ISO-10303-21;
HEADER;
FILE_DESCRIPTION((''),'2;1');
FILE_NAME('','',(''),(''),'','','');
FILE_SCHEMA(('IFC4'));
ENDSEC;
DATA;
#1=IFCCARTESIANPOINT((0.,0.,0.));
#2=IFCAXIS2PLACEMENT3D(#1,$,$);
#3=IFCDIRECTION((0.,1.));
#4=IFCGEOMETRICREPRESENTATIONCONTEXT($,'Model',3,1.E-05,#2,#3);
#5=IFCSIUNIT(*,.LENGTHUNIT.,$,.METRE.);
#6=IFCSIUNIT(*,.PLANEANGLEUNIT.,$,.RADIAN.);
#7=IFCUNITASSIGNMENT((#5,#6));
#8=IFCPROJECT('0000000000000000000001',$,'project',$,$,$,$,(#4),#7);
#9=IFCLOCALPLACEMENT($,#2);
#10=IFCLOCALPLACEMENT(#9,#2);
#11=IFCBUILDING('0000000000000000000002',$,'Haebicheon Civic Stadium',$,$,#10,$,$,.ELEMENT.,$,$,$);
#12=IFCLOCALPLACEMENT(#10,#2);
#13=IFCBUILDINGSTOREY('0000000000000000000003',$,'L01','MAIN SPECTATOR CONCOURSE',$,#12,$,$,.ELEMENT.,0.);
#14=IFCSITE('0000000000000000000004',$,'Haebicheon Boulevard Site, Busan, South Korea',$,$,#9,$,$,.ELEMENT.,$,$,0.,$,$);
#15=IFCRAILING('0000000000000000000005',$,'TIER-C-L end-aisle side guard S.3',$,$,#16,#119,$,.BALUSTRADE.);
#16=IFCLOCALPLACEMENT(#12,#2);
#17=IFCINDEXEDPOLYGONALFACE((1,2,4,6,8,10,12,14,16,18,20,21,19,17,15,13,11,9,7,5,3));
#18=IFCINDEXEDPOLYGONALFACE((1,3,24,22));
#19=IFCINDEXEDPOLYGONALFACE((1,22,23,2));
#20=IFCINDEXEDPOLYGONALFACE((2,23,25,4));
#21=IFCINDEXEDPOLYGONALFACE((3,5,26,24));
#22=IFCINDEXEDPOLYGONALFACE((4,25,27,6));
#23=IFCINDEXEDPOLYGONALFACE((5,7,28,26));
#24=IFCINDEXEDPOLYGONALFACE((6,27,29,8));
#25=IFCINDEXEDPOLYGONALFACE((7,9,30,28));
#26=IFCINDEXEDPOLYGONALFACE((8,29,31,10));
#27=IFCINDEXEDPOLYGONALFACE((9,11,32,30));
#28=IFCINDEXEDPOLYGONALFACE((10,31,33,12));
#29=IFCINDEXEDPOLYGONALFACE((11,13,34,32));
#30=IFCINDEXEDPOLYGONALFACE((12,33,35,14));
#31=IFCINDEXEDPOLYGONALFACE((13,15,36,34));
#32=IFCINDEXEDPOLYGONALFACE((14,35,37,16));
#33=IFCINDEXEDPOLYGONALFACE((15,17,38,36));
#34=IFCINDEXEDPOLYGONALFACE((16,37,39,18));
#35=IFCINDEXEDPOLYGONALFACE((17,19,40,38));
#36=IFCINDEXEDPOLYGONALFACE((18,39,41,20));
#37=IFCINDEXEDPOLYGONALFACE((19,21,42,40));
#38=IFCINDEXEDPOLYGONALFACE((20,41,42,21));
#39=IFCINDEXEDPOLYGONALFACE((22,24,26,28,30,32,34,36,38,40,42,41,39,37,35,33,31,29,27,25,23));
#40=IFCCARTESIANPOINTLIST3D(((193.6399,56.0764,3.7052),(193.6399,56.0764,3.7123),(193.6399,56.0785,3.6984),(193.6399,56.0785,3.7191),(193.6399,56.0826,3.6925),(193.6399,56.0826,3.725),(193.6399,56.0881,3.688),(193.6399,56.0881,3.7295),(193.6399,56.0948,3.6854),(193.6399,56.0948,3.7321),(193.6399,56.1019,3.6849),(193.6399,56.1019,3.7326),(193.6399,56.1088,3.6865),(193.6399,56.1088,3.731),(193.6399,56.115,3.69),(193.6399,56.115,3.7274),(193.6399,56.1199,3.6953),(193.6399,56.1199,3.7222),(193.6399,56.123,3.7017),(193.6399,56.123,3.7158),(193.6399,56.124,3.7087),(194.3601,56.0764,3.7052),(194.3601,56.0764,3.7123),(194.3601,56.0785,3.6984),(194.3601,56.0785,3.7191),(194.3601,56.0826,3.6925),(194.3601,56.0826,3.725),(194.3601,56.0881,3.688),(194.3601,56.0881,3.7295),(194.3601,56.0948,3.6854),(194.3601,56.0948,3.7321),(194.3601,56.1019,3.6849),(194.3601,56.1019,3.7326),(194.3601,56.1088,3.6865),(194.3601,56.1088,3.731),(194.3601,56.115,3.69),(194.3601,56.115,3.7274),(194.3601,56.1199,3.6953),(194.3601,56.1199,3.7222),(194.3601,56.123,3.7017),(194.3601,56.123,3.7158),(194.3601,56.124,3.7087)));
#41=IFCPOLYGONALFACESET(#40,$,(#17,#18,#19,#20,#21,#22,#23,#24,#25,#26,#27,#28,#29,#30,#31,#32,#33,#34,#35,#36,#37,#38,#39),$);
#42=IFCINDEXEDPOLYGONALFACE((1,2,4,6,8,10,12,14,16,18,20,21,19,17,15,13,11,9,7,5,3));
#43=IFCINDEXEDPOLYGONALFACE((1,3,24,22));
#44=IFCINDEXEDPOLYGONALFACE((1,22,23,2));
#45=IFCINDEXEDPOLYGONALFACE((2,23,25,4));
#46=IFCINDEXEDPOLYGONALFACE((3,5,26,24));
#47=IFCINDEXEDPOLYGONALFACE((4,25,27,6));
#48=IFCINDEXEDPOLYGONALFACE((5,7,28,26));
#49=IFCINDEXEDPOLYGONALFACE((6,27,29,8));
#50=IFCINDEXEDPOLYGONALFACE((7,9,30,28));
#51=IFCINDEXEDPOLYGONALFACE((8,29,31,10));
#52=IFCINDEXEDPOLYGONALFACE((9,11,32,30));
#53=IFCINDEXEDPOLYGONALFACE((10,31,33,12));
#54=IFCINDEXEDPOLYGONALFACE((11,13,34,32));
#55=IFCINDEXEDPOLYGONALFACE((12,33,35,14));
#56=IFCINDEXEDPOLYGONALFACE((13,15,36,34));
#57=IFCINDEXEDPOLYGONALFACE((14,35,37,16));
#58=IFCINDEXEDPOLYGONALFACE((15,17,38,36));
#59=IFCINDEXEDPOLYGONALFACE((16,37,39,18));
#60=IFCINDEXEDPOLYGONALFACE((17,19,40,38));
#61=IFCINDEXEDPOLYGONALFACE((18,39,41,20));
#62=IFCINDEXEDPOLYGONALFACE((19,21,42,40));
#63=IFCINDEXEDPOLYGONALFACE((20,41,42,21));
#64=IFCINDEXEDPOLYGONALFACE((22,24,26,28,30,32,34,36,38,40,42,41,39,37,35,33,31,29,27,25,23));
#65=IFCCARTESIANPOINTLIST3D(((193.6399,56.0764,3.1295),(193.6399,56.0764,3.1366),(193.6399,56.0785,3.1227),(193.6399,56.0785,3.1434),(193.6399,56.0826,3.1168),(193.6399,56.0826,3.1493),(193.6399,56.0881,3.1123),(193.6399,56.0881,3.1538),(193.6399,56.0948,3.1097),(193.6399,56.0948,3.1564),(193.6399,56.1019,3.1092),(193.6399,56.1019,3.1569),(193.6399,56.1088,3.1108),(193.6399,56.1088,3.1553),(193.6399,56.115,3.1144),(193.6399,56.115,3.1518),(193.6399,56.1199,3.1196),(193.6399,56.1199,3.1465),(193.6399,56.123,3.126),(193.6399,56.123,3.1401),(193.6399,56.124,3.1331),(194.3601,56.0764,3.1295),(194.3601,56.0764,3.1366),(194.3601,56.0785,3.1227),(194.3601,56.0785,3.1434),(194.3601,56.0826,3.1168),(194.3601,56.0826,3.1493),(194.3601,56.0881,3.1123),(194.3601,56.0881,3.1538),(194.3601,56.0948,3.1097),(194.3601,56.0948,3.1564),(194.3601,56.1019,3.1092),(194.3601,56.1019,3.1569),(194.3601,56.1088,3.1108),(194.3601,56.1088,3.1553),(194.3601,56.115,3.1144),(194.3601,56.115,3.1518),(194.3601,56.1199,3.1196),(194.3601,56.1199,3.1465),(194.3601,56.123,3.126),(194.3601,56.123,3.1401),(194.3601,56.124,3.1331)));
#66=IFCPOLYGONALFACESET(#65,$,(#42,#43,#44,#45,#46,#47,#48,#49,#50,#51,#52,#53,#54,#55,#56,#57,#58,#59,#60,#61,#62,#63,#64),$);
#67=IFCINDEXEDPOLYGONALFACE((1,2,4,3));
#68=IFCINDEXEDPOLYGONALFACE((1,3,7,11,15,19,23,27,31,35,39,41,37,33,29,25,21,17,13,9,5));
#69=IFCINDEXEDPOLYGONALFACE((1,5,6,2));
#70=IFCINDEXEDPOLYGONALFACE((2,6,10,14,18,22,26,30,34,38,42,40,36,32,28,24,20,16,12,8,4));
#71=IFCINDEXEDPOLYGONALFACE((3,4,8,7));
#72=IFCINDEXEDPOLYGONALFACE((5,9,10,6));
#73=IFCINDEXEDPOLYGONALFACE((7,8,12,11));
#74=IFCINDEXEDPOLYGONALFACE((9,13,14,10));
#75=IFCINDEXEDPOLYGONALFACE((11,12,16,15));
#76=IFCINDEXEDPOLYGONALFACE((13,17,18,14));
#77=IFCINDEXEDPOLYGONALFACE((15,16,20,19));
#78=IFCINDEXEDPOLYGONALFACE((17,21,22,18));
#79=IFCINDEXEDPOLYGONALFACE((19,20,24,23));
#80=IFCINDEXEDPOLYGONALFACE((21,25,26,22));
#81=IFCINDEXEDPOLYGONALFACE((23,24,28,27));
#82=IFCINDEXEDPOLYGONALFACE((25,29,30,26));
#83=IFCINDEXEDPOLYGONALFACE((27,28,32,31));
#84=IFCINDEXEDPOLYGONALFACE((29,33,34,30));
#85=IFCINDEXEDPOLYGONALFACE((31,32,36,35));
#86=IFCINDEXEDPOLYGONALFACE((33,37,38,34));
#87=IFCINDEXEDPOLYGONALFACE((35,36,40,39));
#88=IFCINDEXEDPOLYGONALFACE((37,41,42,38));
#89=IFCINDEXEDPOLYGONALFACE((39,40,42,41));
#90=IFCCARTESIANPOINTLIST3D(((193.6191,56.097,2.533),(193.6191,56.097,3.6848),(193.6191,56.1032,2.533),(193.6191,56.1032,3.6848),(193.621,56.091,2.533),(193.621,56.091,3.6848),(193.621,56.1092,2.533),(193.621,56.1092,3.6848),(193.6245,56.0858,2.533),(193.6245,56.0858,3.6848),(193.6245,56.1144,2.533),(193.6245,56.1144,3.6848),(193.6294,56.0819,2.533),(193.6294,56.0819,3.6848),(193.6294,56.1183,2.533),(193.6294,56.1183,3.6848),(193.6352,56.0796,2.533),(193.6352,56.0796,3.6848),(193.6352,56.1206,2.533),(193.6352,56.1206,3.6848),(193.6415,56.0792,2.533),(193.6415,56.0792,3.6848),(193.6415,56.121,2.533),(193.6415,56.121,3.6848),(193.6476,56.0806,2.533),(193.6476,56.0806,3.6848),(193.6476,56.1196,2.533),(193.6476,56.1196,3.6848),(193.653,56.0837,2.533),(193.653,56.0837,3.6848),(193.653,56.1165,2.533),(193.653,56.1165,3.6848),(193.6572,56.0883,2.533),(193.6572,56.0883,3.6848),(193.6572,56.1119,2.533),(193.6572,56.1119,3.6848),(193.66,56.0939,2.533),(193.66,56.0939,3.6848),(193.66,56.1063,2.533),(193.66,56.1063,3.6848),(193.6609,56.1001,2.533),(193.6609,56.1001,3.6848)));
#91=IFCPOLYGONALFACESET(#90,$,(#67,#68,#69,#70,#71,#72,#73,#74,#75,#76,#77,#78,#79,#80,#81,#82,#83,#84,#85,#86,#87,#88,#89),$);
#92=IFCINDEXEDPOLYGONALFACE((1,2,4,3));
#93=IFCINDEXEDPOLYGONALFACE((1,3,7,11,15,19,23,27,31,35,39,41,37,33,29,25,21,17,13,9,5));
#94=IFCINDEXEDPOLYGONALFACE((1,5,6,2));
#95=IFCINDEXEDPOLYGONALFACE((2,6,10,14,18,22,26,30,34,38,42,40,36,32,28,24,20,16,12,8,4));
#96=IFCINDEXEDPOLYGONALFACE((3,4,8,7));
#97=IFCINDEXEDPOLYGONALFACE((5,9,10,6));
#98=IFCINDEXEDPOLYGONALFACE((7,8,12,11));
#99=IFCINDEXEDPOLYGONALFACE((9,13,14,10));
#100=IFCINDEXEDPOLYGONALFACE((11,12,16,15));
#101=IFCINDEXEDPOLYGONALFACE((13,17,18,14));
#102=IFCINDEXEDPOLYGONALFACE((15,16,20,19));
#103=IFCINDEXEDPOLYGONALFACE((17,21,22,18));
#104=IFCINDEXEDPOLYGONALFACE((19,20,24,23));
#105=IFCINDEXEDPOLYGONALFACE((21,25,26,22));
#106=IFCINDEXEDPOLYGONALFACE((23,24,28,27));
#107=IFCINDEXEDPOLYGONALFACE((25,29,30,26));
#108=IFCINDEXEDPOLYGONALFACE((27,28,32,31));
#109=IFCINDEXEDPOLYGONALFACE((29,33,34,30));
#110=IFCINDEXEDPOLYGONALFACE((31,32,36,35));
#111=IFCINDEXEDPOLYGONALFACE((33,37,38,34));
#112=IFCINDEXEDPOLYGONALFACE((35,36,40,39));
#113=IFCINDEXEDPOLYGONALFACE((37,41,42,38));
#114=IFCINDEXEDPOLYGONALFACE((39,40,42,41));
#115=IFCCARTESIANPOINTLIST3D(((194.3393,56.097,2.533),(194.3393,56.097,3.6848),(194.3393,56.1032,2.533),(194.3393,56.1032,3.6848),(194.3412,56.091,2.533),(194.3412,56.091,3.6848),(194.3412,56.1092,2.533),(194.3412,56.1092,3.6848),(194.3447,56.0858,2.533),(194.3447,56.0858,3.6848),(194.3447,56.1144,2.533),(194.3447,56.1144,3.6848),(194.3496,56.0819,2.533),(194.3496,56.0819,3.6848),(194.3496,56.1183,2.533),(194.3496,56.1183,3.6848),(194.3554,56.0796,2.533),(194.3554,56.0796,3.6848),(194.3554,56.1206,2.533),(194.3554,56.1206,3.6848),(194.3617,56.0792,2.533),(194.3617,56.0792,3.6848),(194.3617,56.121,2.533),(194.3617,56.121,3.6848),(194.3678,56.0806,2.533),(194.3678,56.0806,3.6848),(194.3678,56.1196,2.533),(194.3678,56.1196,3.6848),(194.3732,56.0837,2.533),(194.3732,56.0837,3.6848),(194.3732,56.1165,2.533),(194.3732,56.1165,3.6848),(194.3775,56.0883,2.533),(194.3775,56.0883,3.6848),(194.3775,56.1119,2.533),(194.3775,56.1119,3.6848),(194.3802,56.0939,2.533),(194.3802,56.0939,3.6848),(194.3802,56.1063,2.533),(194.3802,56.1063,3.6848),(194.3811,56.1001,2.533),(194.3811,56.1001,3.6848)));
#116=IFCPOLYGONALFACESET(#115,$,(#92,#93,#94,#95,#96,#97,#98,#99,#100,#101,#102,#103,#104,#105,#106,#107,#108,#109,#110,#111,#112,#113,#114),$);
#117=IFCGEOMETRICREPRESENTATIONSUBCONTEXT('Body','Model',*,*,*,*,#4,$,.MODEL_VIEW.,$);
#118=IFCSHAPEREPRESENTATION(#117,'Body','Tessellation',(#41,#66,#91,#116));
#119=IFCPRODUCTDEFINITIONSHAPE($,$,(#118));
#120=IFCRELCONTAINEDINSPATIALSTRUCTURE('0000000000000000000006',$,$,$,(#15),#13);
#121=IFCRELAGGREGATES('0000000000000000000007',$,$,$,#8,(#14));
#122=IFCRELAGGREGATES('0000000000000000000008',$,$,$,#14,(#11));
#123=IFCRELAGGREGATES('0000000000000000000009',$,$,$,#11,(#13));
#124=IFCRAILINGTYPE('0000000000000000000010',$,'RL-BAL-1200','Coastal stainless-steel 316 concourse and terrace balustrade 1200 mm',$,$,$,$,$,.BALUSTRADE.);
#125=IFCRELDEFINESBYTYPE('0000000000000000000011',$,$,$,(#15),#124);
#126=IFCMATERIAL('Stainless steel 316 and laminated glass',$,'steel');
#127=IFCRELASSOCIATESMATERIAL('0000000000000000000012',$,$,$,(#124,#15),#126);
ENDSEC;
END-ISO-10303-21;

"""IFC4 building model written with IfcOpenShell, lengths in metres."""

from ifc_helpers import new_model, si_unit, direction, frame, origin, origin_2d, place, context, subcontext, project, spatial, circle, extrude, material, type_object, element, save


model = new_model("IFC4")

# Units and contexts
model_context = context("Model", 3, precision=1e-05, world=origin(), true_north=direction((0.0, 1.0)))
body_context = subcontext(model_context, "Body", "Model", "MODEL_VIEW")
ifc_project = project(units=[si_unit("LENGTHUNIT", "METRE"), si_unit("PLANEANGLEUNIT", "RADIAN")], contexts=[model_context])

# Site, building, storey
site_placement = place(None, origin())
site = spatial("IfcSite", under=ifc_project, at=site_placement, Name="Haebicheon Boulevard Site, Busan, South Korea", CompositionType="ELEMENT", RefElevation=0.0)
building_placement = place(site_placement, origin())
building = spatial("IfcBuilding", under=site, at=building_placement, Name="Haebicheon Civic Stadium", CompositionType="ELEMENT")
storey_placement = place(building_placement, origin())
storey = spatial("IfcBuildingStorey", under=building, at=storey_placement, Name="L01", Description="MAIN SPECTATOR CONCOURSE", CompositionType="ELEMENT", Elevation=0.0)

# Railing
ifc_material_1 = material(Name="Stainless steel 316 and laminated glass", Category="steel")
railing_type_1 = type_object("IfcRailingType", Name="RL-BAL-1200", Description="Coastal stainless-steel 316 concourse and terrace balustrade 1200 mm", PredefinedType="BALUSTRADE", material=ifc_material_1)
railing_1_placement = place(storey_placement, frame((193.6399, 56.1001, 2.533)))
element("IfcRailing", 1, at=railing_1_placement, inside=storey, type_object=railing_type_1, material=ifc_material_1, Name="TIER-C-L end-aisle side guard S.3", PredefinedType="BALUSTRADE", context=body_context, shape_type="SweptSolid", body=[
    extrude(circle(Radius=0.0239, at=origin_2d()), frame((0.0, 0.0, 1.1758), z_axis=(1.0, 0.0, 0.0), x_axis=(0.0, 1.0, 0.0)), (0.0, 0.0, 1.0), 0.7202),
    extrude(circle(Radius=0.0239, at=origin_2d()), frame((0.0, 0.0, 0.6001), z_axis=(1.0, 0.0, 0.0), x_axis=(0.0, 1.0, 0.0)), (0.0, 0.0, 1.0), 0.7202),
    extrude(circle(Radius=0.021, at=origin_2d()), origin(), (0.0, 0.0, 1.0), 1.1519),
    extrude(circle(Radius=0.021, at=origin_2d()), frame((0.7202, 0.0, 0.0)), (0.0, 0.0, 1.0), 1.1519),
])

save(model, "model.ifc")
